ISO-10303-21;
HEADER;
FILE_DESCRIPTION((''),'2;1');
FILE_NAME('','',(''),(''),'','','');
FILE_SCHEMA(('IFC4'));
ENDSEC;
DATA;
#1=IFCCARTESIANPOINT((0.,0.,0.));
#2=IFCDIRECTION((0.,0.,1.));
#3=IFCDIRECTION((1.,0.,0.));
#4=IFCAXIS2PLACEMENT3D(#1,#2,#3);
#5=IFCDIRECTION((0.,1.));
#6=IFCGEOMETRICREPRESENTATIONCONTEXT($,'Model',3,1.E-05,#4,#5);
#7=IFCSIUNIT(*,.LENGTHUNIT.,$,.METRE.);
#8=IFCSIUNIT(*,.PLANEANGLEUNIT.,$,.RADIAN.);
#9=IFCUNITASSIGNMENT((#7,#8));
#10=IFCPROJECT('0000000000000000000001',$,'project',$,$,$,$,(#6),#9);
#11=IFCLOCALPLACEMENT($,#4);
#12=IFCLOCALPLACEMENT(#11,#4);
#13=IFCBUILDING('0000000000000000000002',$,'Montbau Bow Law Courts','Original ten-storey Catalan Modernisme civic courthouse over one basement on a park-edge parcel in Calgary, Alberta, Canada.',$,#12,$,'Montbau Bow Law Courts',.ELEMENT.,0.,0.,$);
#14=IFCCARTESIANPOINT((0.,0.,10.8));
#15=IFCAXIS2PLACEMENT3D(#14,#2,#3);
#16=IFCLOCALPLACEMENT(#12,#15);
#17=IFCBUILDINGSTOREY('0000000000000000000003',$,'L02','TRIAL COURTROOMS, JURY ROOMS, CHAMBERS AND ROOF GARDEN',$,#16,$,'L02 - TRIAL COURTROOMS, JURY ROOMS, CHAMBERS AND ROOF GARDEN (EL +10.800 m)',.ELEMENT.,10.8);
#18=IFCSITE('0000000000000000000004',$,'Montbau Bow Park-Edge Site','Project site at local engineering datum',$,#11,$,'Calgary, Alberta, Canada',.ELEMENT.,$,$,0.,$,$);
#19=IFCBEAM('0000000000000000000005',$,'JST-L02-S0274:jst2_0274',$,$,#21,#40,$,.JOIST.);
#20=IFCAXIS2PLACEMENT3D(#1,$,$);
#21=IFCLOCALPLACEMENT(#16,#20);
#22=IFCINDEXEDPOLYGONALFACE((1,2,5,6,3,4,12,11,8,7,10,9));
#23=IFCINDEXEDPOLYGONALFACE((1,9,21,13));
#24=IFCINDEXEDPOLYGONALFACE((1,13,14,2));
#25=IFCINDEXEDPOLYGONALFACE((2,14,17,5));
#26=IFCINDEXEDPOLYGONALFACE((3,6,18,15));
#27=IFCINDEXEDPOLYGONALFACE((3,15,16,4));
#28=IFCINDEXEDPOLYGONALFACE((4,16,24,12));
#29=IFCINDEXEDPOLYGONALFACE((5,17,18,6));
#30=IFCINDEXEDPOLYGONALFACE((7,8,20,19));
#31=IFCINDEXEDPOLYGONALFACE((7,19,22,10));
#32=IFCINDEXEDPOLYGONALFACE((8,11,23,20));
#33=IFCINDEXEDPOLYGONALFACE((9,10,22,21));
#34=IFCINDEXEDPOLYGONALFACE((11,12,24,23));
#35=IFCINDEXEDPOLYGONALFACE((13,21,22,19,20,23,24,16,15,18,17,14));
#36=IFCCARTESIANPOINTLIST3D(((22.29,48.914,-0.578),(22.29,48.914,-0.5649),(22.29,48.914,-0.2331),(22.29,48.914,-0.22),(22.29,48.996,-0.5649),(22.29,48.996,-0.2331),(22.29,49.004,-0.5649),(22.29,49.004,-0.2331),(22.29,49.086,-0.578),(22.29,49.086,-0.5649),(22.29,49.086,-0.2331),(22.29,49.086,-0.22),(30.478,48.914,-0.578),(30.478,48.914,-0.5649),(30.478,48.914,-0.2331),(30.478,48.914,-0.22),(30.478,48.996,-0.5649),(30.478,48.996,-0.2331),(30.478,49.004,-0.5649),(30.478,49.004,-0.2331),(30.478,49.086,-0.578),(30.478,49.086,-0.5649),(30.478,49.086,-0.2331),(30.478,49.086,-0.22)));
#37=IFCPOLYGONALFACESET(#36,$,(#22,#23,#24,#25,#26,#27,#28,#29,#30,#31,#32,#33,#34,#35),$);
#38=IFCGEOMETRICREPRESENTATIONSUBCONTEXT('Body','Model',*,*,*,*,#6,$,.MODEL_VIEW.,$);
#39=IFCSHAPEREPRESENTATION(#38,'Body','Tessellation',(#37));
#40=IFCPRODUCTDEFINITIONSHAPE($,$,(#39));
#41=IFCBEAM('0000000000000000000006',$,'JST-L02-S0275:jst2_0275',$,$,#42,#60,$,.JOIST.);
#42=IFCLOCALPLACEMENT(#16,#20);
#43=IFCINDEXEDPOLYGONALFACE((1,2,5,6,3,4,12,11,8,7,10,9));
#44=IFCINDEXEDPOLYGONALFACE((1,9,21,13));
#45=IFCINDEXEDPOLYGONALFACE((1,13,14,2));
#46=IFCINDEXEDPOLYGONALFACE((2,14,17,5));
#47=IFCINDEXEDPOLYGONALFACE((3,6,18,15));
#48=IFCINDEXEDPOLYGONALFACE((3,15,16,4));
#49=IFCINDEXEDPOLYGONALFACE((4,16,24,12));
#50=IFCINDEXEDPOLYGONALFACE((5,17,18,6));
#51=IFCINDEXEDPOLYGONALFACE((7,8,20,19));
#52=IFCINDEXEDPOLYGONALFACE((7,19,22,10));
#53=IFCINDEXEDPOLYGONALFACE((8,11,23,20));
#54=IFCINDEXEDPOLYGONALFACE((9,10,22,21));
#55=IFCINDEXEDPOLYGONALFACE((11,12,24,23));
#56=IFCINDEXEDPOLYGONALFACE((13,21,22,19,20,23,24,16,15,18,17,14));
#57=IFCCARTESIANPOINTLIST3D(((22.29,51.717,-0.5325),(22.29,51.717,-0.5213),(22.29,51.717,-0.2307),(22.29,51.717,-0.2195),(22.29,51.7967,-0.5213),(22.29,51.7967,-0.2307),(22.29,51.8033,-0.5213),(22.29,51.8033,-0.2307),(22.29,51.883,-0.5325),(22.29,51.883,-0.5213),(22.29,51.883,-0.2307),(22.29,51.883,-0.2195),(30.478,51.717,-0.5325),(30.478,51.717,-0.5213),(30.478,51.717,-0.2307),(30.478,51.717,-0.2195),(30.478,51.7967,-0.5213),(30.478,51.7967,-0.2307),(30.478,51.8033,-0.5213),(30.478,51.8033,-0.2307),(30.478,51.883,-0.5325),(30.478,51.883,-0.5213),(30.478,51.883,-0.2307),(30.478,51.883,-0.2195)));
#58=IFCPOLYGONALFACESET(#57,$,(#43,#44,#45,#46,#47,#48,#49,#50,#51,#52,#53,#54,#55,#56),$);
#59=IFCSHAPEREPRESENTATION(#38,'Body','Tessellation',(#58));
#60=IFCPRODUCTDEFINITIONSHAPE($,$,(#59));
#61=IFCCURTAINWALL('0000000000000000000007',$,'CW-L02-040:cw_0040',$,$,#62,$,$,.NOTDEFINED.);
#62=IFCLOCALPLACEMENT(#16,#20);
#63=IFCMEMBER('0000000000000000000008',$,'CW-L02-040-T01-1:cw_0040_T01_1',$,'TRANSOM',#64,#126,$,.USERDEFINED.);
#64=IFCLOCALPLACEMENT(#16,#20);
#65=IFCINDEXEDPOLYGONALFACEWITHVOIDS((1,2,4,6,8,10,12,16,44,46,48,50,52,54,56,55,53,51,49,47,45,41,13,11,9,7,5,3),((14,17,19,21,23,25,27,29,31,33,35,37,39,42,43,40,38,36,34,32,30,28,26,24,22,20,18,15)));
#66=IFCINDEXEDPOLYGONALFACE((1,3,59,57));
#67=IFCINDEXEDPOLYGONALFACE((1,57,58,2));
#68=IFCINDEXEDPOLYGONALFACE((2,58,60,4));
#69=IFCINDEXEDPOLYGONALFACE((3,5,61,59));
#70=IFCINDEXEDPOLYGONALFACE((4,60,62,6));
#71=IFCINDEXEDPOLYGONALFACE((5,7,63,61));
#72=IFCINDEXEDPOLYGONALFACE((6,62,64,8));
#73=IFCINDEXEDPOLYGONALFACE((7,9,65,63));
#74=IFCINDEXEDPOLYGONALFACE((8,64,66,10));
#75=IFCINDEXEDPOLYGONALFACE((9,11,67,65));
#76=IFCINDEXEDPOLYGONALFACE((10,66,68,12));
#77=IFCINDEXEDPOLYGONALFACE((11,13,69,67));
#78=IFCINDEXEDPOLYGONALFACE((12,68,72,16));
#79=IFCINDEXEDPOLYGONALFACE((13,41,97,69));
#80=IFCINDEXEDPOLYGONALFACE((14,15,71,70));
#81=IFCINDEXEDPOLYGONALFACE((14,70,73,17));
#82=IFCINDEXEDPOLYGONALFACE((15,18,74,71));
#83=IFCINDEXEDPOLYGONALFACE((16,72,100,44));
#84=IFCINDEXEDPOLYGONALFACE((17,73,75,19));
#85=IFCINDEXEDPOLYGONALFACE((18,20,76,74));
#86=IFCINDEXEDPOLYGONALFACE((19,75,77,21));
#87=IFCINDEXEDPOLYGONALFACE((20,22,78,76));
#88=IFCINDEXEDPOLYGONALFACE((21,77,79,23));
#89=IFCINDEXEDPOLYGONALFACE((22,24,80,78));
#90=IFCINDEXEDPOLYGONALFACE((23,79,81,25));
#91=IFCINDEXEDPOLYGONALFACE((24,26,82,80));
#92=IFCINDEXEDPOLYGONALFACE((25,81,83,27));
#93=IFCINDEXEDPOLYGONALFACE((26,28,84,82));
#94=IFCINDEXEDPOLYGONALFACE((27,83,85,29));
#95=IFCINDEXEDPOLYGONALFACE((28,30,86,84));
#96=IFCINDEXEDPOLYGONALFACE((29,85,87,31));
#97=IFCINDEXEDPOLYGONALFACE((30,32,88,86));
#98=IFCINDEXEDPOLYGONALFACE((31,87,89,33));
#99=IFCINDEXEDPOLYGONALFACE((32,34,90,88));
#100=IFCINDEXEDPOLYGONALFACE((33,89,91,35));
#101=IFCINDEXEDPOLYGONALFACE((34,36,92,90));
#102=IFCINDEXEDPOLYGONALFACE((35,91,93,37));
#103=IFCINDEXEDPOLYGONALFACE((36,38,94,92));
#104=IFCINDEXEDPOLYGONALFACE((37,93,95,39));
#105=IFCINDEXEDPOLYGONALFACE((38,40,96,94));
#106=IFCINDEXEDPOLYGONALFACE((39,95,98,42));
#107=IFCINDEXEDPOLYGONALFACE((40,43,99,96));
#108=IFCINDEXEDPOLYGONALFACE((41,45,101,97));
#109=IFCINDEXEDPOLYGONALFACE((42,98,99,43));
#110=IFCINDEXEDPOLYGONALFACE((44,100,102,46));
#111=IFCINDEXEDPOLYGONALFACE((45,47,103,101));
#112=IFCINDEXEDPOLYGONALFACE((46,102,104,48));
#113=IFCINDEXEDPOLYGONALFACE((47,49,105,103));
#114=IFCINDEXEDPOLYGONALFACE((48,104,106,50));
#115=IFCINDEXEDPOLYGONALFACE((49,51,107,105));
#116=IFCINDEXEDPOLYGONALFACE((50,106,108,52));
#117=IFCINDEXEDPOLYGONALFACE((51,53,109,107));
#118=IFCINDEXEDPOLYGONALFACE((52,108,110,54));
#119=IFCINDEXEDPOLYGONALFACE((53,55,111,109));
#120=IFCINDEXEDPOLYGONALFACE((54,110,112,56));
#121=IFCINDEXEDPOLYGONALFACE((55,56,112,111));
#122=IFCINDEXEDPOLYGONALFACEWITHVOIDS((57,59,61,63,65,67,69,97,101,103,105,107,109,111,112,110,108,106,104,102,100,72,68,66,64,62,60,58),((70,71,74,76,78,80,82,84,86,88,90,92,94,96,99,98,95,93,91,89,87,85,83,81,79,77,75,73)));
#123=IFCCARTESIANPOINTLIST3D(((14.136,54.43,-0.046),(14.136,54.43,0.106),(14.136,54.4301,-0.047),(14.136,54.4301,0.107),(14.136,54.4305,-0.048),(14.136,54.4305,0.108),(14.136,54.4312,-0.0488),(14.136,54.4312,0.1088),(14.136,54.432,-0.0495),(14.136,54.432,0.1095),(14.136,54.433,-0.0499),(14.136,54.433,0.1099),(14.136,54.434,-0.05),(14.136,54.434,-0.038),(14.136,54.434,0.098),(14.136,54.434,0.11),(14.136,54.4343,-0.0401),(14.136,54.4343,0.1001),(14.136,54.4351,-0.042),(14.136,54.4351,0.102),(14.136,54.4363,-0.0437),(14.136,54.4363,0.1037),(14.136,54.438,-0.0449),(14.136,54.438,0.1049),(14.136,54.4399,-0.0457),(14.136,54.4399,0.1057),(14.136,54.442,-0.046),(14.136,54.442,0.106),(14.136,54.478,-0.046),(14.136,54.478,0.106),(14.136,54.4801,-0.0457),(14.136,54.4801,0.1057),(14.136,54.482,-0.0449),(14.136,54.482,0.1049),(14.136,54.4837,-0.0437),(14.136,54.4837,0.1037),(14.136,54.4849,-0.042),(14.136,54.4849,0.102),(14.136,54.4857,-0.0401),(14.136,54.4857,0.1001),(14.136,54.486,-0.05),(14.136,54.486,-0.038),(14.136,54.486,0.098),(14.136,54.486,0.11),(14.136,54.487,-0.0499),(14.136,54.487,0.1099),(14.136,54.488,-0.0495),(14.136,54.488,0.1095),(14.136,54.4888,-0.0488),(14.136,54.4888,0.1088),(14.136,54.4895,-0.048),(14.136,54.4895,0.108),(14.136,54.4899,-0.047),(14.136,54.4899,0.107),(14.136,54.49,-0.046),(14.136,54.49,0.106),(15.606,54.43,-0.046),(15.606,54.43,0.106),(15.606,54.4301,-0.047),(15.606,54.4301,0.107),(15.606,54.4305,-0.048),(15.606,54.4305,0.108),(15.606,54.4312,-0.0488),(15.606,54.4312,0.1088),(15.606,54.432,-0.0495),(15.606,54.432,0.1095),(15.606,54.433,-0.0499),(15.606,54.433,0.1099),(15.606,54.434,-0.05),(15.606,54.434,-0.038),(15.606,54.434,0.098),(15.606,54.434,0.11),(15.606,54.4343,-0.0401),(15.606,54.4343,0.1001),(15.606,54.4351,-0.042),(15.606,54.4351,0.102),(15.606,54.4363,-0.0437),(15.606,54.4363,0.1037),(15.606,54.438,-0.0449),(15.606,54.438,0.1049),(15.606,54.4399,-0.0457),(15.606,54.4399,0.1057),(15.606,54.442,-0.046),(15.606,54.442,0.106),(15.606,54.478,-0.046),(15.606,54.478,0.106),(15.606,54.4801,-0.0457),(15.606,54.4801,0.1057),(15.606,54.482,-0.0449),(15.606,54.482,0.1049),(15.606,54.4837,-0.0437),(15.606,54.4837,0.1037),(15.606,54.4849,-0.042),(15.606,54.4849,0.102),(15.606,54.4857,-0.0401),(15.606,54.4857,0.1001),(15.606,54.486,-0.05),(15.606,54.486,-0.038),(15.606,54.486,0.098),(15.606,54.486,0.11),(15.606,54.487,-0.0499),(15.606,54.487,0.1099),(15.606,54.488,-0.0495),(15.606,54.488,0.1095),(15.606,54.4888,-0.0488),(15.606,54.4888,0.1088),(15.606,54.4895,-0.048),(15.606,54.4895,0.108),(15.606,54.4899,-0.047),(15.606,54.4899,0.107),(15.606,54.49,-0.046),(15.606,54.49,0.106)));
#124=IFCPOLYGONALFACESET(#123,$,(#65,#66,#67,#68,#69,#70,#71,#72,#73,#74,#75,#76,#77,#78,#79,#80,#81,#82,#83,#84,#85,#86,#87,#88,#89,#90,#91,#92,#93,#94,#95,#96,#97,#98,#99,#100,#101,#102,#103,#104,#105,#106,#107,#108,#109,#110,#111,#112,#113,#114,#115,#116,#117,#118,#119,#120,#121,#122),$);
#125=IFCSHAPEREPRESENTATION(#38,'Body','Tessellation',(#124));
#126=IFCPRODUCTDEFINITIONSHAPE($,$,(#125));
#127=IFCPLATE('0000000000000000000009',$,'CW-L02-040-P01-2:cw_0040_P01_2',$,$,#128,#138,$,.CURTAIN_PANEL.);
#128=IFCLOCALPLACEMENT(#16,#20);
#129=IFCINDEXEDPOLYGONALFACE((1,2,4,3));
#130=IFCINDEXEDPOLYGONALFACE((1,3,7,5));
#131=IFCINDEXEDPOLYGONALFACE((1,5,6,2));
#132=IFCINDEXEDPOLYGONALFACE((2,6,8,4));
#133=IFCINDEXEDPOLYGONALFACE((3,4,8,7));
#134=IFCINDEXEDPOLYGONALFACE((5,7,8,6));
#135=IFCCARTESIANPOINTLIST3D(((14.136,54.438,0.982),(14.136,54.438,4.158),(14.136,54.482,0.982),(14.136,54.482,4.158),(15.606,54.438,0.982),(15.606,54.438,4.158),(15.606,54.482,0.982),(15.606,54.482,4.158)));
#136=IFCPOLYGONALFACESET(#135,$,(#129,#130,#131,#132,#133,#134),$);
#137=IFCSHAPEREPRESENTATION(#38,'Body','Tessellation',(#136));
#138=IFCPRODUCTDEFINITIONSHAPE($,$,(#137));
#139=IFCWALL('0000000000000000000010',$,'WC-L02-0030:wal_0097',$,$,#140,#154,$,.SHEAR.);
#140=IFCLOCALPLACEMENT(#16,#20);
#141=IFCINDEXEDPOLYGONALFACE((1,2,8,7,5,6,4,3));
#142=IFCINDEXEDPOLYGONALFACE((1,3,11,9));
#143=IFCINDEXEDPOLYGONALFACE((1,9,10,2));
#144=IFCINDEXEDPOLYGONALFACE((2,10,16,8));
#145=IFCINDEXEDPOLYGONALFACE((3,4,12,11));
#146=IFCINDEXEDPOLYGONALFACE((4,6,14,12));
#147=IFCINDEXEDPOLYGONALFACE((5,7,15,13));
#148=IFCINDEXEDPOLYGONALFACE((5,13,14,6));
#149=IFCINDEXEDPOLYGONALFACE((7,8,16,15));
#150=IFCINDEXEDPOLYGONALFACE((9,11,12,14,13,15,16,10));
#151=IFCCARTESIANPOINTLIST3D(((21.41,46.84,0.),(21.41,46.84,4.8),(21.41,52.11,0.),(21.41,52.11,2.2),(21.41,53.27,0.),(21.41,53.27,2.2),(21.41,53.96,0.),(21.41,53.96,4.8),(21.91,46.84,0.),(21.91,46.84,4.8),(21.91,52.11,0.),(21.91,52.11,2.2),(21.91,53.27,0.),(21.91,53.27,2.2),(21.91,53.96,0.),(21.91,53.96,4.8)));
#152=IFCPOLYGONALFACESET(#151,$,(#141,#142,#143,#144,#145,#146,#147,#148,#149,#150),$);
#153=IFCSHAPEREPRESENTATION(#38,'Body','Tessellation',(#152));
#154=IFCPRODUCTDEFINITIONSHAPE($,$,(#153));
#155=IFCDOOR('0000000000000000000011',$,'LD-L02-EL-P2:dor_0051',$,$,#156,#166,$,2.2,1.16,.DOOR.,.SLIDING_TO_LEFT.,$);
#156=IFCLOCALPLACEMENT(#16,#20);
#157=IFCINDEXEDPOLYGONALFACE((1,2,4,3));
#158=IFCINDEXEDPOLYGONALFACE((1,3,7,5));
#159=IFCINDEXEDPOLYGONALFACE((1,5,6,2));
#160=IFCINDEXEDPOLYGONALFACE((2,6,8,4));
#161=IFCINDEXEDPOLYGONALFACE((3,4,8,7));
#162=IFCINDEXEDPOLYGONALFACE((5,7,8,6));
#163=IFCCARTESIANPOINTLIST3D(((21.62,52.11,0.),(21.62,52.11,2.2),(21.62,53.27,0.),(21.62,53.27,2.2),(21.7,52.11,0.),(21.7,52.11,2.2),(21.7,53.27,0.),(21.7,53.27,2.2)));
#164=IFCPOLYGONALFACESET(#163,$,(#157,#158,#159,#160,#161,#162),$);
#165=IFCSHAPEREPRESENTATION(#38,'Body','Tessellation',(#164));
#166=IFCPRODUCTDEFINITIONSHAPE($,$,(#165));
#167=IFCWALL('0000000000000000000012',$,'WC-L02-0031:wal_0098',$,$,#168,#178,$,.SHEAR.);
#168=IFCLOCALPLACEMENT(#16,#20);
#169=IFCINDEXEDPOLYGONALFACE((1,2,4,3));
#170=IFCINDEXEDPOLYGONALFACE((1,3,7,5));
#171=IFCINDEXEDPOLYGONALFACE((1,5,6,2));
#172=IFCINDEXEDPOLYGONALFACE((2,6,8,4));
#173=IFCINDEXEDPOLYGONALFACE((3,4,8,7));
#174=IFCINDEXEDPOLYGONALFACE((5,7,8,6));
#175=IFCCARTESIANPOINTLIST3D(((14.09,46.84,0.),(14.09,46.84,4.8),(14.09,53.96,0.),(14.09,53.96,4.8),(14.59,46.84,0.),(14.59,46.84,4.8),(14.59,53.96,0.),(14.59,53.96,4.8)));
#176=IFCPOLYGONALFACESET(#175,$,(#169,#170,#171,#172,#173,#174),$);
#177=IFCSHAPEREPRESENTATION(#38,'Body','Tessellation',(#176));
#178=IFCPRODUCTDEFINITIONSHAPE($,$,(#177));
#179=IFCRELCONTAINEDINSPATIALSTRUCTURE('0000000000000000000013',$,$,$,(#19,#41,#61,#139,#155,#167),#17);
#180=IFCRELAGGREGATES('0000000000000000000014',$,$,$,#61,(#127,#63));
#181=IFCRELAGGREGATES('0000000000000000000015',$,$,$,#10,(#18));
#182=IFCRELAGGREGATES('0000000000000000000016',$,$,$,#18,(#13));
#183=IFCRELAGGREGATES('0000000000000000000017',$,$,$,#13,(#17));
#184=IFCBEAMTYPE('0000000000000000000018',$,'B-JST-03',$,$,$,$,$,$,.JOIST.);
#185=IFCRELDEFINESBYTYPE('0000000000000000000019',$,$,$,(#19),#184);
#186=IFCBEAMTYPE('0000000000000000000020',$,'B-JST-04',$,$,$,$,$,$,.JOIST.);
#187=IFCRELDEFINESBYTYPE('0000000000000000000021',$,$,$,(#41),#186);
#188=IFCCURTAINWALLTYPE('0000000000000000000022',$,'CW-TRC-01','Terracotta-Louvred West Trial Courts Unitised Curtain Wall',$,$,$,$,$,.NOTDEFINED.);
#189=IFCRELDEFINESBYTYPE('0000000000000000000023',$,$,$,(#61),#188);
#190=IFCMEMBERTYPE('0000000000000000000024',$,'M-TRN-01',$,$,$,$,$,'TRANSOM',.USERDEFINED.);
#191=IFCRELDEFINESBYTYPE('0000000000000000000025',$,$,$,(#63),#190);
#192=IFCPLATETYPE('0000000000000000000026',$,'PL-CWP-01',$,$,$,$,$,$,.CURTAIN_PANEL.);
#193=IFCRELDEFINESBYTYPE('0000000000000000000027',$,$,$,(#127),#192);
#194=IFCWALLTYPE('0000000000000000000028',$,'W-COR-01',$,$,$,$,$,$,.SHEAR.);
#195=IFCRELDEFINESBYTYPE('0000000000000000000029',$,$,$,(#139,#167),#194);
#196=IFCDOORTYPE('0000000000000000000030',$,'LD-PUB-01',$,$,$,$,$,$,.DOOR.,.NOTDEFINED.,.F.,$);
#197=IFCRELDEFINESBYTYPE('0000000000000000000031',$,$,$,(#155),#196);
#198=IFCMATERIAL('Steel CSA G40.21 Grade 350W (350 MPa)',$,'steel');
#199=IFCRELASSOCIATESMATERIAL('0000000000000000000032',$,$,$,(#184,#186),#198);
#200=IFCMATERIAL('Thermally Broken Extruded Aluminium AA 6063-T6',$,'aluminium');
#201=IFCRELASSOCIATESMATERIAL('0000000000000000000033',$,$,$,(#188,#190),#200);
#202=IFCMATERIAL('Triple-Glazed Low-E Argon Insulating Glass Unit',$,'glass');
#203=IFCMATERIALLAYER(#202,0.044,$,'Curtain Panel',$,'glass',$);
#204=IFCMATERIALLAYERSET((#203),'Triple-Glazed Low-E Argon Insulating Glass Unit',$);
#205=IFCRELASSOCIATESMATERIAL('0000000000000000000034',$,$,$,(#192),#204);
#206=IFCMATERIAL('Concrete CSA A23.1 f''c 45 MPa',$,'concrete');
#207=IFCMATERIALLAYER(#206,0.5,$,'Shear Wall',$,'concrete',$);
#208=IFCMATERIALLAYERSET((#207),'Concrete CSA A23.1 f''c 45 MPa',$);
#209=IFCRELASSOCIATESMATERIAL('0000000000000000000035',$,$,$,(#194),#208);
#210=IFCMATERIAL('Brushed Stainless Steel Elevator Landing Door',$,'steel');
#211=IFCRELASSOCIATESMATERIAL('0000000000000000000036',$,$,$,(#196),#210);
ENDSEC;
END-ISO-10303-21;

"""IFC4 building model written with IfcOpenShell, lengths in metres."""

from ifc_helpers import new_model, si_unit, direction, frame, frame_2d, origin_with_axes, origin_2d_with_axis, place, context, subcontext, project, spatial, rectangle, hollow_rectangle, i_section, extrude, material, layer, layer_set, material_profile, profile_set, type_object, element, fill, aggregate, save


model = new_model("IFC4")

# Units and contexts
model_context = context("Model", 3, precision=1e-05, world=origin_with_axes(), true_north=direction((0.0, 1.0)))
body_context = subcontext(model_context, "Body", "Model", "MODEL_VIEW")
ifc_project = project(units=[si_unit("LENGTHUNIT", "METRE"), si_unit("PLANEANGLEUNIT", "RADIAN")], contexts=[model_context])

# Site, building, storey
site_placement = place(None, origin_with_axes())
site = spatial("IfcSite", under=ifc_project, at=site_placement, Name="Montbau Bow Park-Edge Site", Description="Project site at local engineering datum", LongName="Calgary, Alberta, Canada", CompositionType="ELEMENT", RefElevation=0.0)
building_placement = place(site_placement, origin_with_axes())
building = spatial("IfcBuilding", under=site, at=building_placement, Name="Montbau Bow Law Courts", Description="Original ten-storey Catalan Modernisme civic courthouse over one basement on a park-edge parcel in Calgary, Alberta, Canada.", LongName="Montbau Bow Law Courts", CompositionType="ELEMENT", ElevationOfRefHeight=0.0, ElevationOfTerrain=0.0)
storey_placement = place(building_placement, frame((0.0, 0.0, 10.8), z_axis=(0.0, 0.0, 1.0), x_axis=(1.0, 0.0, 0.0)))
storey = spatial("IfcBuildingStorey", under=building, at=storey_placement, Name="L02", Description="TRIAL COURTROOMS, JURY ROOMS, CHAMBERS AND ROOF GARDEN", LongName="L02 - TRIAL COURTROOMS, JURY ROOMS, CHAMBERS AND ROOF GARDEN (EL +10.800 m)", CompositionType="ELEMENT", Elevation=10.8)

# Shared definitions
ifc_material_1 = material(Name="Steel CSA G40.21 Grade 350W (350 MPa)", Category="steel")

# Beams
ifc_material_profile_1 = material_profile(ifc_material_1, i_section(OverallWidth=0.172, OverallDepth=0.358, WebThickness=0.0079, FlangeThickness=0.0131, at=origin_2d_with_axis()), Name="W360X57", Category="Main", Priority=0)
ifc_profile_set_1 = profile_set([ifc_material_profile_1], Name="Steel CSA G40.21 Grade 350W (350 MPa)")
beam_type_1 = type_object("IfcBeamType", Name="B-JST-03", PredefinedType="JOIST", material=ifc_profile_set_1)
beam_1_placement = place(None, frame((22.29, 49.0, 10.401), z_axis=(1.0, 0.0, 0.0), x_axis=(0.0, 1.0, 0.0)))
element("IfcBeam", 1, at=beam_1_placement, inside=storey, type_object=beam_type_1, Name="JST-L02-S0274:jst2_0274", PredefinedType="JOIST", context=body_context, shape_type="SweptSolid", body=[
    extrude(i_section(OverallWidth=0.172, OverallDepth=0.358, WebThickness=0.0079, FlangeThickness=0.0131, at=origin_2d_with_axis()), origin_with_axes(), (0.0, 0.0, 1.0), 8.188),
])
ifc_material_profile_2 = material_profile(ifc_material_1, i_section(OverallWidth=0.166, OverallDepth=0.313, WebThickness=0.0066, FlangeThickness=0.0112, at=origin_2d_with_axis()), Name="W310X45", Category="Main", Priority=0)
ifc_profile_set_2 = profile_set([ifc_material_profile_2], Name="Steel CSA G40.21 Grade 350W (350 MPa)")
beam_type_2 = type_object("IfcBeamType", Name="B-JST-04", PredefinedType="JOIST", material=ifc_profile_set_2)
beam_2_placement = place(None, frame((22.29, 51.8, 10.424), z_axis=(1.0, 0.0, 0.0), x_axis=(0.0, 1.0, 0.0)))
element("IfcBeam", 2, at=beam_2_placement, inside=storey, type_object=beam_type_2, Name="JST-L02-S0275:jst2_0275", PredefinedType="JOIST", context=body_context, shape_type="SweptSolid", body=[
    extrude(i_section(OverallWidth=0.166, OverallDepth=0.313, WebThickness=0.0066, FlangeThickness=0.0112, at=origin_2d_with_axis()), origin_with_axes(), (0.0, 0.0, 1.0), 8.188),
])

# Curtain wall, member, plate
ifc_material_2 = material(Name="Thermally Broken Extruded Aluminium AA 6063-T6", Category="aluminium")
curtain_wall_type = type_object("IfcCurtainWallType", Name="CW-TRC-01", Description="Terracotta-Louvred West Trial Courts Unitised Curtain Wall", PredefinedType="NOTDEFINED", material=ifc_material_2)
curtain_wall_placement = place(None, frame((14.068, 54.46, 10.8), z_axis=(0.0, 0.0, 1.0), x_axis=(1.0, 0.0, 0.0)))
curtain_wall = element("IfcCurtainWall", 3, at=curtain_wall_placement, inside=storey, type_object=curtain_wall_type, Name="CW-L02-040:cw_0040", PredefinedType="NOTDEFINED")
ifc_material_profile_3 = material_profile(ifc_material_2, hollow_rectangle(XDim=0.06, YDim=0.16, WallThickness=0.004, InnerFilletRadius=0.008, OuterFilletRadius=0.004, at=origin_2d_with_axis()), Name="CWT-160X60", Category="Main", Priority=0)
ifc_profile_set_3 = profile_set([ifc_material_profile_3], Name="Thermally Broken Extruded Aluminium AA 6063-T6")
member_type = type_object("IfcMemberType", Name="M-TRN-01", ElementType="TRANSOM", PredefinedType="USERDEFINED", material=ifc_profile_set_3)
member_placement = place(None, frame((14.136, 54.46, 10.83), z_axis=(1.0, 0.0, 0.0), x_axis=(0.0, 1.0, 0.0)))
member = element("IfcMember", 4, at=member_placement, type_object=member_type, Name="CW-L02-040-T01-1:cw_0040_T01_1", ObjectType="TRANSOM", PredefinedType="USERDEFINED", context=body_context, shape_type="SweptSolid", body=[
    extrude(hollow_rectangle(XDim=0.06, YDim=0.16, WallThickness=0.004, InnerFilletRadius=0.008, OuterFilletRadius=0.004, at=origin_2d_with_axis()), origin_with_axes(), (0.0, 0.0, 1.0), 1.47),
])
ifc_material_3 = material(Name="Triple-Glazed Low-E Argon Insulating Glass Unit", Category="glass")
ifc_layer_1 = layer(ifc_material_3, 0.044, Name="Curtain Panel", Category="glass")
ifc_layer_set_1 = layer_set([ifc_layer_1], Name="Triple-Glazed Low-E Argon Insulating Glass Unit")
plate_type = type_object("IfcPlateType", Name="PL-CWP-01", PredefinedType="CURTAIN_PANEL", material=ifc_layer_set_1)
plate_placement = place(None, frame((14.136, 54.46, 11.782), z_axis=(0.0, -1.0, 0.0), x_axis=(1.0, 0.0, 0.0)))
plate = element("IfcPlate", 5, at=plate_placement, type_object=plate_type, Name="CW-L02-040-P01-2:cw_0040_P01_2", PredefinedType="CURTAIN_PANEL", context=body_context, shape_type="SweptSolid", body=[
    extrude(rectangle(XDim=1.47, YDim=3.176, at=frame_2d((0.735, 1.588), x_axis=(1.0, 0.0))), frame((0.0, 0.0, -0.022), z_axis=(0.0, 0.0, 1.0), x_axis=(1.0, 0.0, 0.0)), (0.0, 0.0, 1.0), 0.044),
])
aggregate(curtain_wall, [plate, member])

# Wall, opening, door
ifc_material_4 = material(Name="Concrete CSA A23.1 f'c 45 MPa", Category="concrete")
ifc_layer_2 = layer(ifc_material_4, 0.5, Name="Shear Wall", Category="concrete")
ifc_layer_set_2 = layer_set([ifc_layer_2], Name="Concrete CSA A23.1 f'c 45 MPa")
wall_type_1 = type_object("IfcWallType", Name="W-COR-01", PredefinedType="SHEAR", material=ifc_layer_set_2)
wall_1_placement = place(None, frame((21.66, 46.84, 10.8), z_axis=(0.0, 0.0, 1.0), x_axis=(0.0, 1.0, 0.0)))
wall_1 = element("IfcWall", 6, at=wall_1_placement, inside=storey, type_object=wall_type_1, Name="WC-L02-0030:wal_0097", PredefinedType="SHEAR", context=body_context, shape_type="SweptSolid", body=[
    extrude(rectangle(XDim=7.12, YDim=0.5, at=frame_2d((3.56, 0.0), x_axis=(1.0, 0.0))), origin_with_axes(), (0.0, 0.0, 1.0), 4.8),
])
opening_1_placement = place(None, frame((21.66, 52.69, 10.8), z_axis=(0.0, 0.0, 1.0), x_axis=(0.0, 1.0, 0.0)))
opening_1 = element("IfcOpeningElement", 7, at=opening_1_placement, cuts=wall_1, PredefinedType="OPENING", context=body_context, shape_type="SweptSolid", body=[
    extrude(rectangle(XDim=1.16, YDim=2.2, at=frame_2d((0.0, 1.1), x_axis=(1.0, 0.0))), frame((0.0, 0.26, 0.0), z_axis=(0.0, -1.0, 0.0), x_axis=(1.0, 0.0, 0.0)), (0.0, 0.0, 1.0), 0.52),
])
ifc_material_5 = material(Name="Brushed Stainless Steel Elevator Landing Door", Category="steel")
door_type_1 = type_object("IfcDoorType", Name="LD-PUB-01", OperationType="NOTDEFINED", ParameterTakesPrecedence=False, PredefinedType="DOOR", material=ifc_material_5)
door_1_placement = place(None, frame((21.66, 52.69, 10.8), z_axis=(0.0, 0.0, 1.0), x_axis=(0.0, 1.0, 0.0)))
door_1 = element("IfcDoor", 8, at=door_1_placement, inside=storey, type_object=door_type_1, Name="LD-L02-EL-P2:dor_0051", OperationType="SLIDING_TO_LEFT", OverallHeight=2.2, OverallWidth=1.16, PredefinedType="DOOR", context=body_context, shape_type="SweptSolid", body=[
    extrude(rectangle(XDim=1.16, YDim=2.2, at=frame_2d((0.0, 1.1), x_axis=(1.0, 0.0))), frame((0.0, 0.04, 0.0), z_axis=(0.0, -1.0, 0.0), x_axis=(1.0, 0.0, 0.0)), (0.0, 0.0, 1.0), 0.08),
])
fill(opening_1, door_1)

# Wall
wall_2_placement = place(None, frame((14.34, 53.96, 10.8), z_axis=(0.0, 0.0, 1.0), x_axis=(0.0, -1.0, 0.0)))
element("IfcWall", 9, at=wall_2_placement, inside=storey, type_object=wall_type_1, Name="WC-L02-0031:wal_0098", PredefinedType="SHEAR", context=body_context, shape_type="SweptSolid", body=[
    extrude(rectangle(XDim=7.12, YDim=0.5, at=frame_2d((3.56, 0.0), x_axis=(1.0, 0.0))), origin_with_axes(), (0.0, 0.0, 1.0), 4.8),
])

save(model, "model.ifc")
